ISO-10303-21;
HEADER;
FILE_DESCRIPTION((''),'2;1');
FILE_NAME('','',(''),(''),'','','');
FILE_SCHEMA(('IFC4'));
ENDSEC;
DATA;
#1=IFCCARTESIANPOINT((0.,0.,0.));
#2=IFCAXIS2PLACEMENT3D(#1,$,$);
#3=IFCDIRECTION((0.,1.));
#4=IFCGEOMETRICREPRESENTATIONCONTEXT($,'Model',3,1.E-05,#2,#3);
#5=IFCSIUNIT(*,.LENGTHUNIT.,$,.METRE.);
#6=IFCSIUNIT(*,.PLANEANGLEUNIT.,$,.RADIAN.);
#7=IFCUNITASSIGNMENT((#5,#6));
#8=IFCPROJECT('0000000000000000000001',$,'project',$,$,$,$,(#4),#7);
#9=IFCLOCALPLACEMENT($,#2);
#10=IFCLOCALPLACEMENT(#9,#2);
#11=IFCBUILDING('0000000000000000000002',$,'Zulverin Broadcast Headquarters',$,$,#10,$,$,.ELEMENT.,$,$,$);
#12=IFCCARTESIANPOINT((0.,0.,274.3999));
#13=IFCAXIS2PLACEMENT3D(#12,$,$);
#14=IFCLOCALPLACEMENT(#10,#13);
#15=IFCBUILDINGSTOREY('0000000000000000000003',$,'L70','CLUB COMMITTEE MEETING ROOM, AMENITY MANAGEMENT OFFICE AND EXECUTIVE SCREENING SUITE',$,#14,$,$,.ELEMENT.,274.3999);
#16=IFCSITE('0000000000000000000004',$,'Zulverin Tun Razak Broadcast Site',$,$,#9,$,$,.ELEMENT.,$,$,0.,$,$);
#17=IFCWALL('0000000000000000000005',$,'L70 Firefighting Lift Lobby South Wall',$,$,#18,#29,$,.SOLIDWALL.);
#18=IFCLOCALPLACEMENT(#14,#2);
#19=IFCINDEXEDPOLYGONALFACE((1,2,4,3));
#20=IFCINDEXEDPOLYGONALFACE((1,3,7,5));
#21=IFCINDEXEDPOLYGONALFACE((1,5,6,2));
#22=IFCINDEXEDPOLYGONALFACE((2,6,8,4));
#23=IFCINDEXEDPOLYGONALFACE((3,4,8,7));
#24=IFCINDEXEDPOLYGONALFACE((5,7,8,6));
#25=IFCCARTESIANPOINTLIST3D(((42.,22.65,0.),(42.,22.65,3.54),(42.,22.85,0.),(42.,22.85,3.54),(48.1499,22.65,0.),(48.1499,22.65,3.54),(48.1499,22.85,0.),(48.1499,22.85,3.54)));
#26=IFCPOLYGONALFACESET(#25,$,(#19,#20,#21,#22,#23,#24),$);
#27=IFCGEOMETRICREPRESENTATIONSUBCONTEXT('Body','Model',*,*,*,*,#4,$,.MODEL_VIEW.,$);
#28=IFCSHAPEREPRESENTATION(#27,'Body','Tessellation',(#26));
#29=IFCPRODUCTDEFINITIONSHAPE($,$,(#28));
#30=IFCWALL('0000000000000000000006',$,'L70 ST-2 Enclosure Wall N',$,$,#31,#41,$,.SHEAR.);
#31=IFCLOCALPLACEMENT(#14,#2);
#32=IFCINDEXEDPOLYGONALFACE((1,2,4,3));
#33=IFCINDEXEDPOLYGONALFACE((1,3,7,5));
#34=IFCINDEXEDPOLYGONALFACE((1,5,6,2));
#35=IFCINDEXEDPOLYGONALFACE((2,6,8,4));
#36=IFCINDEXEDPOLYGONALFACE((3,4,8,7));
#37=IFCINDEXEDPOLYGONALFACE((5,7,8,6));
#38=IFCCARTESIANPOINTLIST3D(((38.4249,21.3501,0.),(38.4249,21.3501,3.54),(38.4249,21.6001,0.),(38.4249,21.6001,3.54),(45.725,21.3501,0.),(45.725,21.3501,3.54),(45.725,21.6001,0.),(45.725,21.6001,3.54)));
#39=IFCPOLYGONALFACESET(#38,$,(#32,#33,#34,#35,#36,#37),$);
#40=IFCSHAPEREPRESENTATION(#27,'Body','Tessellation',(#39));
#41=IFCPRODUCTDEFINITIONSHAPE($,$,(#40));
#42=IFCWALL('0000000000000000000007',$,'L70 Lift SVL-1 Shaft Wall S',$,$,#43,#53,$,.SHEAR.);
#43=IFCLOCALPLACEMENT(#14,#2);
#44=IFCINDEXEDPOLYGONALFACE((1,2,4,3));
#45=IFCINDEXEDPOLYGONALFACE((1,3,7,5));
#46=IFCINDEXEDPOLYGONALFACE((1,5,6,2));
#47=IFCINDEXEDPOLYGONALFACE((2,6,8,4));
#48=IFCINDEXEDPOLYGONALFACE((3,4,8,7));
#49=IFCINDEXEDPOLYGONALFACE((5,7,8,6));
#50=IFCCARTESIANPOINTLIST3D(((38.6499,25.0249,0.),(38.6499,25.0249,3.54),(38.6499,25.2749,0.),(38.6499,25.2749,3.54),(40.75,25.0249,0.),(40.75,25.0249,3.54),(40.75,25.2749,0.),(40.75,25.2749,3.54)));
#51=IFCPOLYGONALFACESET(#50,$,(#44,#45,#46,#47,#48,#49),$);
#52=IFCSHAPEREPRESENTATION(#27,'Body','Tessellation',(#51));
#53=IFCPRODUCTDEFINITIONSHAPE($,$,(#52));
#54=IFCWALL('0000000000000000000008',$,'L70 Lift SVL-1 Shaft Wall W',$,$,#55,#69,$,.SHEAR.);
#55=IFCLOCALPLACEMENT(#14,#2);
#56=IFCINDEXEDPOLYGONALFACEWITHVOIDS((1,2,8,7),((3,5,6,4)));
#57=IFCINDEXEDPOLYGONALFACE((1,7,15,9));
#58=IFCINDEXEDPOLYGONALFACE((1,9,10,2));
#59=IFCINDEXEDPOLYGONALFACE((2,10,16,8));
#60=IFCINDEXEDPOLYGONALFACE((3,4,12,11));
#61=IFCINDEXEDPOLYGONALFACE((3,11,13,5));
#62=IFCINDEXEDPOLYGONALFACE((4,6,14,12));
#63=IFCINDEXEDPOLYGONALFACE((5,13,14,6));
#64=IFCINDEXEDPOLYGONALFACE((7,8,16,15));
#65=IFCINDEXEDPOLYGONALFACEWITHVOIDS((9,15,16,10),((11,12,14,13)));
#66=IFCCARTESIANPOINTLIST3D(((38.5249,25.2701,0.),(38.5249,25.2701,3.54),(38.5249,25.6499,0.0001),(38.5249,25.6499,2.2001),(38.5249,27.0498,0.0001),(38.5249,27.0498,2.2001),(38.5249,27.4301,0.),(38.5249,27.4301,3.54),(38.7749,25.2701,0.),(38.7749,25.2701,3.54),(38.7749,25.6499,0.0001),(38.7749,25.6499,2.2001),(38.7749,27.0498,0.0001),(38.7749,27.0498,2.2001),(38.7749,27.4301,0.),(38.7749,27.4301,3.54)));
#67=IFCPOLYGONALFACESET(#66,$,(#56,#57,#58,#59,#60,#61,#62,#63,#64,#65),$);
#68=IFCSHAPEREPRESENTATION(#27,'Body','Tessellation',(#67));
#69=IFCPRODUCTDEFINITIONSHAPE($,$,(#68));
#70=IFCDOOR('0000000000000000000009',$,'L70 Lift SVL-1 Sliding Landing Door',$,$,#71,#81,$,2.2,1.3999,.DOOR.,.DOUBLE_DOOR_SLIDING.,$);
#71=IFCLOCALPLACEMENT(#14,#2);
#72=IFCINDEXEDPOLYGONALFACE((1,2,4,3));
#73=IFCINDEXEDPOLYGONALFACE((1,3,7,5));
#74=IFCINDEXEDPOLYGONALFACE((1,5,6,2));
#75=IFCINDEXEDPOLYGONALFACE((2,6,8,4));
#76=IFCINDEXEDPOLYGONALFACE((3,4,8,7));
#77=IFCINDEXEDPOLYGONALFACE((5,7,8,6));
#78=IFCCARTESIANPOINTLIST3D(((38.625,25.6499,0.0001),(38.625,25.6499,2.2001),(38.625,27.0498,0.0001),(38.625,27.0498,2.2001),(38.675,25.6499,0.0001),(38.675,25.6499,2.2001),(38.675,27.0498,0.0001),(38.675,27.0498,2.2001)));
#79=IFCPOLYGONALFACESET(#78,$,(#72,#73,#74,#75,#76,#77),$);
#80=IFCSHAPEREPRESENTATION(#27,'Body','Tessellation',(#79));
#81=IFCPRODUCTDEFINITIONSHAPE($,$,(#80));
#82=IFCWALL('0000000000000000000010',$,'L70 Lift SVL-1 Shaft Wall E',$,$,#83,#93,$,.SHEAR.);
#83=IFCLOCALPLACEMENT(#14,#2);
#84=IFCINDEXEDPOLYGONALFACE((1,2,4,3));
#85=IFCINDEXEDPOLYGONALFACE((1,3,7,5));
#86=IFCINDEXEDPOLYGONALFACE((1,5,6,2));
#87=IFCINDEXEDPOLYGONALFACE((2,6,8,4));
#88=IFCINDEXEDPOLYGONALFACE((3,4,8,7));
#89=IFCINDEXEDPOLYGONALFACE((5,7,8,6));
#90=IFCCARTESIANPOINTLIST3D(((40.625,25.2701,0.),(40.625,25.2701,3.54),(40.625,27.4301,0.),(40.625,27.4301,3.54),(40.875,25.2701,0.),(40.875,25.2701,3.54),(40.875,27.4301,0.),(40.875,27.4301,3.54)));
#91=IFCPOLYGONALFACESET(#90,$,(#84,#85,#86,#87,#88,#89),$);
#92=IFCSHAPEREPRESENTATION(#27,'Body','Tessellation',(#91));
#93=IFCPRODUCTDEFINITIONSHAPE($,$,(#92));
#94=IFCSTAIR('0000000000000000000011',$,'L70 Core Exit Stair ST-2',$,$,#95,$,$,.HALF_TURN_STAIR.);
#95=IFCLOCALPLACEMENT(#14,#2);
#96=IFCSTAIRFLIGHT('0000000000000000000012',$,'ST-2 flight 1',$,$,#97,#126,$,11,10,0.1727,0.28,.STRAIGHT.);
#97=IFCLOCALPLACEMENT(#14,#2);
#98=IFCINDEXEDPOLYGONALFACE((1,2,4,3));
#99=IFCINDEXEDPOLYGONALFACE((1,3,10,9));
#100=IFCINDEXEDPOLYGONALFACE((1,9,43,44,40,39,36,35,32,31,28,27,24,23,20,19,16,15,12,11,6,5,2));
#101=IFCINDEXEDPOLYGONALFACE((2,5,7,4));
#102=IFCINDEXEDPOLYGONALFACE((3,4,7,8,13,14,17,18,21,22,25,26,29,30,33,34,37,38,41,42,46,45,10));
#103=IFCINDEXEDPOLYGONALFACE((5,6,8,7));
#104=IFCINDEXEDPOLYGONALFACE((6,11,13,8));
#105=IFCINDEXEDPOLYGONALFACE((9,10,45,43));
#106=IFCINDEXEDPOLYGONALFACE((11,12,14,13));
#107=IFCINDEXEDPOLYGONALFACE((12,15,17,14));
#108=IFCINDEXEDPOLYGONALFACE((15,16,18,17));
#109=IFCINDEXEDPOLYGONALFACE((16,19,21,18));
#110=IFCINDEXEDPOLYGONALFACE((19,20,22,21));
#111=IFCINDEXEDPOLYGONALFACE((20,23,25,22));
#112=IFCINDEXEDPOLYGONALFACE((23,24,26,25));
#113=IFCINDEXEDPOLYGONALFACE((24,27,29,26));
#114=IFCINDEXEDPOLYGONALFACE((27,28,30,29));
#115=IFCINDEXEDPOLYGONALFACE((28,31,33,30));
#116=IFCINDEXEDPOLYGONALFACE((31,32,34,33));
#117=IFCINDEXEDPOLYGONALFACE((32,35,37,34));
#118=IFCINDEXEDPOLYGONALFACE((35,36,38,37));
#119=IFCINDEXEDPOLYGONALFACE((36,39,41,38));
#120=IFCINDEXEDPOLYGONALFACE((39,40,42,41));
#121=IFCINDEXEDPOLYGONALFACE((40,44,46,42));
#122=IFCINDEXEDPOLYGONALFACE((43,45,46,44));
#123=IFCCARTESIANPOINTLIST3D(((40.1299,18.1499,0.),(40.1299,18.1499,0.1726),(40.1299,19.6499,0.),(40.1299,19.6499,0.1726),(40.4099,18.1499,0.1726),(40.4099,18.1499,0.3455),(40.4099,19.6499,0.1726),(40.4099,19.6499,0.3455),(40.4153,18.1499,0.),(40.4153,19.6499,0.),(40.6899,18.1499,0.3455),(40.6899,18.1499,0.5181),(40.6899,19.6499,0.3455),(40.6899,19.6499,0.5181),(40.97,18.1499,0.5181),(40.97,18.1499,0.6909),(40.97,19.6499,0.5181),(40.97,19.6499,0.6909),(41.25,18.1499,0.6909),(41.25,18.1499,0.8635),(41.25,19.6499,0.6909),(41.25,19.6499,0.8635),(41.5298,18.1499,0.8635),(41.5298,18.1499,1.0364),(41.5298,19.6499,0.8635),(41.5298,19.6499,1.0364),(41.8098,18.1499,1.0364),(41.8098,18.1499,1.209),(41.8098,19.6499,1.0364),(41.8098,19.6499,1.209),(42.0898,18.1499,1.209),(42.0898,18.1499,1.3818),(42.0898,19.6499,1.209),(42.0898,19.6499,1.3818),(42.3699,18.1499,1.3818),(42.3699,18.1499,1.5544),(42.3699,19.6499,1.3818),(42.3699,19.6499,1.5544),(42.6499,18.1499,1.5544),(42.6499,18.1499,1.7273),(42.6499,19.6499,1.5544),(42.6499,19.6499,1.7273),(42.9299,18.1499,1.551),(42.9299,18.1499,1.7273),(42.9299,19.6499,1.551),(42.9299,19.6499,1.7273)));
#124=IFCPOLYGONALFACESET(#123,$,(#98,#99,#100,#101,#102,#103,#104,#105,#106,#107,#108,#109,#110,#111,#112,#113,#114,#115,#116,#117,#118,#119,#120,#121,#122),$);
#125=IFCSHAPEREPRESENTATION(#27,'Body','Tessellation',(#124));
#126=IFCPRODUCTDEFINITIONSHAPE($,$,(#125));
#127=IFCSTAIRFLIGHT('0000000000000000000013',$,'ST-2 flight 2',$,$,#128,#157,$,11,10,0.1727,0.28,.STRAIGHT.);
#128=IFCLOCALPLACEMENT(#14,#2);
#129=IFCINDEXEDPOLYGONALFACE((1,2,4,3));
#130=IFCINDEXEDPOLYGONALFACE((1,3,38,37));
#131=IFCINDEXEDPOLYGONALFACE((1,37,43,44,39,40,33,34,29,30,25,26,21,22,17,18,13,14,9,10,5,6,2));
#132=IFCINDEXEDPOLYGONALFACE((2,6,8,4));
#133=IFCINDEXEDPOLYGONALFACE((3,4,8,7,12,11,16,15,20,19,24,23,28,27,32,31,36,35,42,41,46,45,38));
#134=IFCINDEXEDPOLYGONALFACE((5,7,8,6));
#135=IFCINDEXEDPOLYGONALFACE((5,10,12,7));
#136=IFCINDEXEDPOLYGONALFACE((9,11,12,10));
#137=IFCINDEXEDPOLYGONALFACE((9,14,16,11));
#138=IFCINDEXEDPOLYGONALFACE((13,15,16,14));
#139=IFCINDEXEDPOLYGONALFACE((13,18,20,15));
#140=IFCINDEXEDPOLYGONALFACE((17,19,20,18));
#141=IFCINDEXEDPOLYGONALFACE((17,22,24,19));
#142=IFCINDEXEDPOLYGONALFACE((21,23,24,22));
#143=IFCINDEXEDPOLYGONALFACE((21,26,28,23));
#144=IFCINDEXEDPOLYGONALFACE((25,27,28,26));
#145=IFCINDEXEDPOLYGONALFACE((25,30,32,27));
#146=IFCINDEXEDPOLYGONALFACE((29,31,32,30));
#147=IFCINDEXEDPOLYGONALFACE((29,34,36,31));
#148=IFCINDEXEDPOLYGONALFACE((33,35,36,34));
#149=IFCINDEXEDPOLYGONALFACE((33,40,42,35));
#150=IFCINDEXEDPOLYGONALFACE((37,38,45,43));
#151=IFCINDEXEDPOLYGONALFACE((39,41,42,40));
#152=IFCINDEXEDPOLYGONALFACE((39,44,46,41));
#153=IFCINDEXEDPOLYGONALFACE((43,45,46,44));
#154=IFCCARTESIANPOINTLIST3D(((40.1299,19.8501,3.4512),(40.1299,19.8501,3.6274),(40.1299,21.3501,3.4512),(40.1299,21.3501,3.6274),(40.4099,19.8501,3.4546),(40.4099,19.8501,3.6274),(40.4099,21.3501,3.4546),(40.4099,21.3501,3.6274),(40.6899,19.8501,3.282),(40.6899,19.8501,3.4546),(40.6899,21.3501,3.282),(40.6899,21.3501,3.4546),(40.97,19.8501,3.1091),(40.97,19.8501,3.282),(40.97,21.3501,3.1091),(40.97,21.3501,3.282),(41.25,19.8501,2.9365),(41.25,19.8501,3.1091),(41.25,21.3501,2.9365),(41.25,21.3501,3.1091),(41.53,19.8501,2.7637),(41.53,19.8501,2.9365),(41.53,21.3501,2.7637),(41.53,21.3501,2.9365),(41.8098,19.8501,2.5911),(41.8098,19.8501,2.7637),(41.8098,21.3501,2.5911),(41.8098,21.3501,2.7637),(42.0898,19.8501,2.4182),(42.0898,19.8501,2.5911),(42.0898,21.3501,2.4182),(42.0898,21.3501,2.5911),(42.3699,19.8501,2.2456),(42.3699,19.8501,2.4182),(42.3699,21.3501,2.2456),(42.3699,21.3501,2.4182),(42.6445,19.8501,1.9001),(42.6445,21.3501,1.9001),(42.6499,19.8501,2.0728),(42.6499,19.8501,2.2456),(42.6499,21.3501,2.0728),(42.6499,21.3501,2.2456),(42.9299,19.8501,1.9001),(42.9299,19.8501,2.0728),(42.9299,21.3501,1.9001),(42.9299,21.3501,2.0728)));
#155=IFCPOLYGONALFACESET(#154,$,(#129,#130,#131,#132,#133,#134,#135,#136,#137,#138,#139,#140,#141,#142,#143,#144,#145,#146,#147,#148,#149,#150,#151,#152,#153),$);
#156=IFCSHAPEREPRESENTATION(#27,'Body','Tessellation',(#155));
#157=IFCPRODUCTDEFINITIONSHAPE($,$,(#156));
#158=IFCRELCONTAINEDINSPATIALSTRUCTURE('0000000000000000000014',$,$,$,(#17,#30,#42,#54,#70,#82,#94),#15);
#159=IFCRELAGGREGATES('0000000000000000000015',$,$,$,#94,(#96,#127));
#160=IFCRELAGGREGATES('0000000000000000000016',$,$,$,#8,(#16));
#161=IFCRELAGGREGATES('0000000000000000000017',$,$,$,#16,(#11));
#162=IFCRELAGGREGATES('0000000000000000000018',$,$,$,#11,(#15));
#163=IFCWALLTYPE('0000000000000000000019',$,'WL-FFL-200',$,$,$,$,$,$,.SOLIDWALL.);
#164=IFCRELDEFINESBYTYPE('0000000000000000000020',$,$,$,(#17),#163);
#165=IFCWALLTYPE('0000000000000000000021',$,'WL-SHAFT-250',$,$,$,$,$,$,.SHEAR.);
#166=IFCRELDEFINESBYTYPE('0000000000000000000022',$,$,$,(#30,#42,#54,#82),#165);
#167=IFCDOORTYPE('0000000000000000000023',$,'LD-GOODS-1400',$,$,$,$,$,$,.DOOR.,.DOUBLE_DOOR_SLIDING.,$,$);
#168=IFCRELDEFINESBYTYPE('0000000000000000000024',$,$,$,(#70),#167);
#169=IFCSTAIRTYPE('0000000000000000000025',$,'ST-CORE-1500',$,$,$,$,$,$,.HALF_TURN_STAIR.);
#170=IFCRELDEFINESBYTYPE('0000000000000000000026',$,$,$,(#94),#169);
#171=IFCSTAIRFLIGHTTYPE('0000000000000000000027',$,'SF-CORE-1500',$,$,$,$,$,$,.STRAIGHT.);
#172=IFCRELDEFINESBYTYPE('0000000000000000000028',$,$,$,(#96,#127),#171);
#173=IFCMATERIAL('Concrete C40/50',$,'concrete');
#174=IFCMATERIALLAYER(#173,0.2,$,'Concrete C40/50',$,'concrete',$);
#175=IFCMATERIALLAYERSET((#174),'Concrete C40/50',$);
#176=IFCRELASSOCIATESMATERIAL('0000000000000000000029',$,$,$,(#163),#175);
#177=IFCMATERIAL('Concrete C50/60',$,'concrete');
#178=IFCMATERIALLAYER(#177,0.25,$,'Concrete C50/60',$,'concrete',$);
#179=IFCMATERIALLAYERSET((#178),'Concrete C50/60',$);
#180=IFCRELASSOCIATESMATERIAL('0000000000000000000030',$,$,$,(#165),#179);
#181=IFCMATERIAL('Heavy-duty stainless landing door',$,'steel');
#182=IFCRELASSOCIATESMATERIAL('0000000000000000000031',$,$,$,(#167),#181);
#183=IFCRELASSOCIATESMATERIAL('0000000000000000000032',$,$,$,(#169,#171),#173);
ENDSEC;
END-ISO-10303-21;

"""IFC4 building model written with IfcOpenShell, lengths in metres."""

from ifc_helpers import new_model, si_unit, direction, frame, frame_2d, origin, place, context, subcontext, project, spatial, polyline, rectangle, outline, extrude, material, layer, layer_set, type_object, element, fill, aggregate, save


model = new_model("IFC4")

# Units and contexts
model_context = context("Model", 3, precision=1e-05, world=origin(), true_north=direction((0.0, 1.0)))
body_context = subcontext(model_context, "Body", "Model", "MODEL_VIEW")
ifc_project = project(units=[si_unit("LENGTHUNIT", "METRE"), si_unit("PLANEANGLEUNIT", "RADIAN")], contexts=[model_context])

# Site, building, storey
site_placement = place(None, origin())
site = spatial("IfcSite", under=ifc_project, at=site_placement, Name="Zulverin Tun Razak Broadcast Site", CompositionType="ELEMENT", RefElevation=0.0)
building_placement = place(site_placement, origin())
building = spatial("IfcBuilding", under=site, at=building_placement, Name="Zulverin Broadcast Headquarters", CompositionType="ELEMENT")
storey_placement = place(building_placement, frame((0.0, 0.0, 274.3999)))
storey = spatial("IfcBuildingStorey", under=building, at=storey_placement, Name="L70", Description="CLUB COMMITTEE MEETING ROOM, AMENITY MANAGEMENT OFFICE AND EXECUTIVE SCREENING SUITE", CompositionType="ELEMENT", Elevation=274.3999)

# Shared definitions
ifc_material_1 = material(Name="Concrete C40/50", Category="concrete")
ifc_layer_1 = layer(ifc_material_1, 0.2, Name="Concrete C40/50", Category="concrete")
ifc_layer_set_1 = layer_set([ifc_layer_1], Name="Concrete C40/50")
wall_type_1 = type_object("IfcWallType", Name="WL-FFL-200", PredefinedType="SOLIDWALL", material=ifc_layer_set_1)

# Walls
wall_1_placement = place(storey_placement, frame((42.0, 22.75, 0.0), z_axis=(0.0, 0.0, 1.0), x_axis=(1.0, 0.0, 0.0)))
element("IfcWall", 1, at=wall_1_placement, inside=storey, type_object=wall_type_1, Name="L70 Firefighting Lift Lobby South Wall", PredefinedType="SOLIDWALL", context=body_context, shape_type="SweptSolid", body=[
    extrude(rectangle(XDim=6.1499, YDim=0.2, at=frame_2d((3.075, 0.0))), origin(), (0.0, 0.0, 1.0), 3.54),
])
ifc_material_2 = material(Name="Concrete C50/60", Category="concrete")
ifc_layer_2 = layer(ifc_material_2, 0.25, Name="Concrete C50/60", Category="concrete")
ifc_layer_set_2 = layer_set([ifc_layer_2], Name="Concrete C50/60")
wall_type_2 = type_object("IfcWallType", Name="WL-SHAFT-250", PredefinedType="SHEAR", material=ifc_layer_set_2)
wall_2_placement = place(storey_placement, frame((38.425, 21.4751, 0.0), z_axis=(0.0, 0.0, 1.0), x_axis=(1.0, 0.0, 0.0)))
element("IfcWall", 2, at=wall_2_placement, inside=storey, type_object=wall_type_2, Name="L70 ST-2 Enclosure Wall N", PredefinedType="SHEAR", context=body_context, shape_type="SweptSolid", body=[
    extrude(rectangle(XDim=7.3, YDim=0.25, at=frame_2d((3.6499, 0.0))), origin(), (0.0, 0.0, 1.0), 3.54),
])

# Wall
wall_3_placement = place(storey_placement, frame((38.6499, 25.1499, 0.0), z_axis=(0.0, 0.0, 1.0), x_axis=(1.0, 0.0, 0.0)))
element("IfcWall", 3, at=wall_3_placement, inside=storey, type_object=wall_type_2, Name="L70 Lift SVL-1 Shaft Wall S", PredefinedType="SHEAR", context=body_context, shape_type="SweptSolid", body=[
    extrude(rectangle(XDim=2.1001, YDim=0.25, at=frame_2d((1.05, 0.0))), origin(), (0.0, 0.0, 1.0), 3.54),
])

# Wall, opening, door
wall_4_placement = place(storey_placement, frame((38.6499, 25.27, 0.0), z_axis=(0.0, 0.0, 1.0), x_axis=(0.0, 1.0, 0.0)))
wall_4 = element("IfcWall", 4, at=wall_4_placement, inside=storey, type_object=wall_type_2, Name="L70 Lift SVL-1 Shaft Wall W", PredefinedType="SHEAR", context=body_context, shape_type="SweptSolid", body=[
    extrude(rectangle(XDim=2.1599, YDim=0.25, at=frame_2d((1.0801, 0.0))), origin(), (0.0, 0.0, 1.0), 3.54),
])
opening_1_placement = place(wall_4_placement, frame((0.3799, 0.0, 0.0)))
opening_1 = element("IfcOpeningElement", 5, at=opening_1_placement, cuts=wall_4, PredefinedType="OPENING", context=body_context, shape_type="SweptSolid", body=[
    extrude(rectangle(XDim=1.3999, YDim=2.2, at=frame_2d((0.7, 1.1001))), frame((0.0, 0.135, 0.0), z_axis=(0.0, -1.0, 0.0), x_axis=(1.0, 0.0, 0.0)), (0.0, 0.0, 1.0), 0.27),
])
ifc_material_3 = material(Name="Heavy-duty stainless landing door", Category="steel")
door_type_1 = type_object("IfcDoorType", Name="LD-GOODS-1400", OperationType="DOUBLE_DOOR_SLIDING", PredefinedType="DOOR", material=ifc_material_3)
door_1_placement = place(opening_1_placement, origin())
door_1 = element("IfcDoor", 6, at=door_1_placement, inside=storey, type_object=door_type_1, Name="L70 Lift SVL-1 Sliding Landing Door", OperationType="DOUBLE_DOOR_SLIDING", OverallHeight=2.2, OverallWidth=1.3999, PredefinedType="DOOR", context=body_context, shape_type="SweptSolid", body=[
    extrude(rectangle(XDim=1.3999, YDim=2.2, at=frame_2d((0.7, 1.1001))), frame((0.0, 0.0249, 0.0), z_axis=(0.0, -1.0, 0.0), x_axis=(1.0, 0.0, 0.0)), (0.0, 0.0, 1.0), 0.05),
])
fill(opening_1, door_1)

# Wall
wall_5_placement = place(storey_placement, frame((40.75, 25.27, 0.0), z_axis=(0.0, 0.0, 1.0), x_axis=(0.0, 1.0, 0.0)))
element("IfcWall", 7, at=wall_5_placement, inside=storey, type_object=wall_type_2, Name="L70 Lift SVL-1 Shaft Wall E", PredefinedType="SHEAR", context=body_context, shape_type="SweptSolid", body=[
    extrude(rectangle(XDim=2.1599, YDim=0.25, at=frame_2d((1.0801, 0.0))), origin(), (0.0, 0.0, 1.0), 3.54),
])

# Stair, stair flights
stair_type = type_object("IfcStairType", Name="ST-CORE-1500", PredefinedType="HALF_TURN_STAIR", material=ifc_material_1)
stair_placement = place(storey_placement, origin())
stair = element("IfcStair", 8, at=stair_placement, inside=storey, type_object=stair_type, Name="L70 Core Exit Stair ST-2", PredefinedType="HALF_TURN_STAIR")
stair_flight_type = type_object("IfcStairFlightType", Name="SF-CORE-1500", PredefinedType="STRAIGHT", material=ifc_material_1)
stair_flight_1_placement = place(storey_placement, frame((40.1299, 18.8999, 0.0), z_axis=(0.0, 0.0, 1.0), x_axis=(1.0, 0.0, 0.0)))
stair_flight_1 = element("IfcStairFlight", 9, at=stair_flight_1_placement, type_object=stair_flight_type, Name="ST-2 flight 1", NumberOfRisers=11, NumberOfTreads=10, PredefinedType="STRAIGHT", RiserHeight=0.1727, TreadLength=0.28, context=body_context, shape_type="SweptSolid", body=[
    extrude(outline(polyline([(0.0, 0.0), (0.0, 0.1726), (0.28, 0.1726), (0.28, 0.3455), (0.5601, 0.3455), (0.5601, 0.5181), (0.8401, 0.5181), (0.8401, 0.6909), (1.1201, 0.6909), (1.1201, 0.8635), (1.3999, 0.8635), (1.3999, 1.0364), (1.6799, 1.0364), (1.6799, 1.209), (1.96, 1.209), (1.96, 1.3818), (2.24, 1.3818), (2.24, 1.5544), (2.52, 1.5544), (2.52, 1.7273), (2.8, 1.7273), (2.8, 1.8999), (2.8, 1.551), (0.2854, 0.0), (0.0, 0.0)])), frame((0.0, 0.75, 0.0), z_axis=(0.0, -1.0, 0.0), x_axis=(1.0, 0.0, 0.0)), (0.0, 0.0, 1.0), 1.5),
])
stair_flight_2_placement = place(storey_placement, frame((42.9299, 20.6001, 1.9001), z_axis=(0.0, 0.0, 1.0), x_axis=(-1.0, 0.0, 0.0)))
stair_flight_2 = element("IfcStairFlight", 10, at=stair_flight_2_placement, type_object=stair_flight_type, Name="ST-2 flight 2", NumberOfRisers=11, NumberOfTreads=10, PredefinedType="STRAIGHT", RiserHeight=0.1727, TreadLength=0.28, context=body_context, shape_type="SweptSolid", body=[
    extrude(outline(polyline([(0.0, 0.0), (0.0, 0.1726), (0.28, 0.1726), (0.28, 0.3455), (0.5601, 0.3455), (0.5601, 0.5181), (0.8401, 0.5181), (0.8401, 0.6909), (1.1201, 0.6909), (1.1201, 0.8635), (1.3999, 0.8635), (1.3999, 1.0364), (1.6799, 1.0364), (1.6799, 1.209), (1.96, 1.209), (1.96, 1.3818), (2.24, 1.3818), (2.24, 1.5544), (2.52, 1.5544), (2.52, 1.7273), (2.8, 1.7273), (2.8, 1.8999), (2.8, 1.551), (0.2854, 0.0), (0.0, 0.0)])), frame((0.0, 0.75, 0.0), z_axis=(0.0, -1.0, 0.0), x_axis=(1.0, 0.0, 0.0)), (0.0, 0.0, 1.0), 1.5),
])
aggregate(stair, [stair_flight_1, stair_flight_2])

save(model, "model.ifc")
